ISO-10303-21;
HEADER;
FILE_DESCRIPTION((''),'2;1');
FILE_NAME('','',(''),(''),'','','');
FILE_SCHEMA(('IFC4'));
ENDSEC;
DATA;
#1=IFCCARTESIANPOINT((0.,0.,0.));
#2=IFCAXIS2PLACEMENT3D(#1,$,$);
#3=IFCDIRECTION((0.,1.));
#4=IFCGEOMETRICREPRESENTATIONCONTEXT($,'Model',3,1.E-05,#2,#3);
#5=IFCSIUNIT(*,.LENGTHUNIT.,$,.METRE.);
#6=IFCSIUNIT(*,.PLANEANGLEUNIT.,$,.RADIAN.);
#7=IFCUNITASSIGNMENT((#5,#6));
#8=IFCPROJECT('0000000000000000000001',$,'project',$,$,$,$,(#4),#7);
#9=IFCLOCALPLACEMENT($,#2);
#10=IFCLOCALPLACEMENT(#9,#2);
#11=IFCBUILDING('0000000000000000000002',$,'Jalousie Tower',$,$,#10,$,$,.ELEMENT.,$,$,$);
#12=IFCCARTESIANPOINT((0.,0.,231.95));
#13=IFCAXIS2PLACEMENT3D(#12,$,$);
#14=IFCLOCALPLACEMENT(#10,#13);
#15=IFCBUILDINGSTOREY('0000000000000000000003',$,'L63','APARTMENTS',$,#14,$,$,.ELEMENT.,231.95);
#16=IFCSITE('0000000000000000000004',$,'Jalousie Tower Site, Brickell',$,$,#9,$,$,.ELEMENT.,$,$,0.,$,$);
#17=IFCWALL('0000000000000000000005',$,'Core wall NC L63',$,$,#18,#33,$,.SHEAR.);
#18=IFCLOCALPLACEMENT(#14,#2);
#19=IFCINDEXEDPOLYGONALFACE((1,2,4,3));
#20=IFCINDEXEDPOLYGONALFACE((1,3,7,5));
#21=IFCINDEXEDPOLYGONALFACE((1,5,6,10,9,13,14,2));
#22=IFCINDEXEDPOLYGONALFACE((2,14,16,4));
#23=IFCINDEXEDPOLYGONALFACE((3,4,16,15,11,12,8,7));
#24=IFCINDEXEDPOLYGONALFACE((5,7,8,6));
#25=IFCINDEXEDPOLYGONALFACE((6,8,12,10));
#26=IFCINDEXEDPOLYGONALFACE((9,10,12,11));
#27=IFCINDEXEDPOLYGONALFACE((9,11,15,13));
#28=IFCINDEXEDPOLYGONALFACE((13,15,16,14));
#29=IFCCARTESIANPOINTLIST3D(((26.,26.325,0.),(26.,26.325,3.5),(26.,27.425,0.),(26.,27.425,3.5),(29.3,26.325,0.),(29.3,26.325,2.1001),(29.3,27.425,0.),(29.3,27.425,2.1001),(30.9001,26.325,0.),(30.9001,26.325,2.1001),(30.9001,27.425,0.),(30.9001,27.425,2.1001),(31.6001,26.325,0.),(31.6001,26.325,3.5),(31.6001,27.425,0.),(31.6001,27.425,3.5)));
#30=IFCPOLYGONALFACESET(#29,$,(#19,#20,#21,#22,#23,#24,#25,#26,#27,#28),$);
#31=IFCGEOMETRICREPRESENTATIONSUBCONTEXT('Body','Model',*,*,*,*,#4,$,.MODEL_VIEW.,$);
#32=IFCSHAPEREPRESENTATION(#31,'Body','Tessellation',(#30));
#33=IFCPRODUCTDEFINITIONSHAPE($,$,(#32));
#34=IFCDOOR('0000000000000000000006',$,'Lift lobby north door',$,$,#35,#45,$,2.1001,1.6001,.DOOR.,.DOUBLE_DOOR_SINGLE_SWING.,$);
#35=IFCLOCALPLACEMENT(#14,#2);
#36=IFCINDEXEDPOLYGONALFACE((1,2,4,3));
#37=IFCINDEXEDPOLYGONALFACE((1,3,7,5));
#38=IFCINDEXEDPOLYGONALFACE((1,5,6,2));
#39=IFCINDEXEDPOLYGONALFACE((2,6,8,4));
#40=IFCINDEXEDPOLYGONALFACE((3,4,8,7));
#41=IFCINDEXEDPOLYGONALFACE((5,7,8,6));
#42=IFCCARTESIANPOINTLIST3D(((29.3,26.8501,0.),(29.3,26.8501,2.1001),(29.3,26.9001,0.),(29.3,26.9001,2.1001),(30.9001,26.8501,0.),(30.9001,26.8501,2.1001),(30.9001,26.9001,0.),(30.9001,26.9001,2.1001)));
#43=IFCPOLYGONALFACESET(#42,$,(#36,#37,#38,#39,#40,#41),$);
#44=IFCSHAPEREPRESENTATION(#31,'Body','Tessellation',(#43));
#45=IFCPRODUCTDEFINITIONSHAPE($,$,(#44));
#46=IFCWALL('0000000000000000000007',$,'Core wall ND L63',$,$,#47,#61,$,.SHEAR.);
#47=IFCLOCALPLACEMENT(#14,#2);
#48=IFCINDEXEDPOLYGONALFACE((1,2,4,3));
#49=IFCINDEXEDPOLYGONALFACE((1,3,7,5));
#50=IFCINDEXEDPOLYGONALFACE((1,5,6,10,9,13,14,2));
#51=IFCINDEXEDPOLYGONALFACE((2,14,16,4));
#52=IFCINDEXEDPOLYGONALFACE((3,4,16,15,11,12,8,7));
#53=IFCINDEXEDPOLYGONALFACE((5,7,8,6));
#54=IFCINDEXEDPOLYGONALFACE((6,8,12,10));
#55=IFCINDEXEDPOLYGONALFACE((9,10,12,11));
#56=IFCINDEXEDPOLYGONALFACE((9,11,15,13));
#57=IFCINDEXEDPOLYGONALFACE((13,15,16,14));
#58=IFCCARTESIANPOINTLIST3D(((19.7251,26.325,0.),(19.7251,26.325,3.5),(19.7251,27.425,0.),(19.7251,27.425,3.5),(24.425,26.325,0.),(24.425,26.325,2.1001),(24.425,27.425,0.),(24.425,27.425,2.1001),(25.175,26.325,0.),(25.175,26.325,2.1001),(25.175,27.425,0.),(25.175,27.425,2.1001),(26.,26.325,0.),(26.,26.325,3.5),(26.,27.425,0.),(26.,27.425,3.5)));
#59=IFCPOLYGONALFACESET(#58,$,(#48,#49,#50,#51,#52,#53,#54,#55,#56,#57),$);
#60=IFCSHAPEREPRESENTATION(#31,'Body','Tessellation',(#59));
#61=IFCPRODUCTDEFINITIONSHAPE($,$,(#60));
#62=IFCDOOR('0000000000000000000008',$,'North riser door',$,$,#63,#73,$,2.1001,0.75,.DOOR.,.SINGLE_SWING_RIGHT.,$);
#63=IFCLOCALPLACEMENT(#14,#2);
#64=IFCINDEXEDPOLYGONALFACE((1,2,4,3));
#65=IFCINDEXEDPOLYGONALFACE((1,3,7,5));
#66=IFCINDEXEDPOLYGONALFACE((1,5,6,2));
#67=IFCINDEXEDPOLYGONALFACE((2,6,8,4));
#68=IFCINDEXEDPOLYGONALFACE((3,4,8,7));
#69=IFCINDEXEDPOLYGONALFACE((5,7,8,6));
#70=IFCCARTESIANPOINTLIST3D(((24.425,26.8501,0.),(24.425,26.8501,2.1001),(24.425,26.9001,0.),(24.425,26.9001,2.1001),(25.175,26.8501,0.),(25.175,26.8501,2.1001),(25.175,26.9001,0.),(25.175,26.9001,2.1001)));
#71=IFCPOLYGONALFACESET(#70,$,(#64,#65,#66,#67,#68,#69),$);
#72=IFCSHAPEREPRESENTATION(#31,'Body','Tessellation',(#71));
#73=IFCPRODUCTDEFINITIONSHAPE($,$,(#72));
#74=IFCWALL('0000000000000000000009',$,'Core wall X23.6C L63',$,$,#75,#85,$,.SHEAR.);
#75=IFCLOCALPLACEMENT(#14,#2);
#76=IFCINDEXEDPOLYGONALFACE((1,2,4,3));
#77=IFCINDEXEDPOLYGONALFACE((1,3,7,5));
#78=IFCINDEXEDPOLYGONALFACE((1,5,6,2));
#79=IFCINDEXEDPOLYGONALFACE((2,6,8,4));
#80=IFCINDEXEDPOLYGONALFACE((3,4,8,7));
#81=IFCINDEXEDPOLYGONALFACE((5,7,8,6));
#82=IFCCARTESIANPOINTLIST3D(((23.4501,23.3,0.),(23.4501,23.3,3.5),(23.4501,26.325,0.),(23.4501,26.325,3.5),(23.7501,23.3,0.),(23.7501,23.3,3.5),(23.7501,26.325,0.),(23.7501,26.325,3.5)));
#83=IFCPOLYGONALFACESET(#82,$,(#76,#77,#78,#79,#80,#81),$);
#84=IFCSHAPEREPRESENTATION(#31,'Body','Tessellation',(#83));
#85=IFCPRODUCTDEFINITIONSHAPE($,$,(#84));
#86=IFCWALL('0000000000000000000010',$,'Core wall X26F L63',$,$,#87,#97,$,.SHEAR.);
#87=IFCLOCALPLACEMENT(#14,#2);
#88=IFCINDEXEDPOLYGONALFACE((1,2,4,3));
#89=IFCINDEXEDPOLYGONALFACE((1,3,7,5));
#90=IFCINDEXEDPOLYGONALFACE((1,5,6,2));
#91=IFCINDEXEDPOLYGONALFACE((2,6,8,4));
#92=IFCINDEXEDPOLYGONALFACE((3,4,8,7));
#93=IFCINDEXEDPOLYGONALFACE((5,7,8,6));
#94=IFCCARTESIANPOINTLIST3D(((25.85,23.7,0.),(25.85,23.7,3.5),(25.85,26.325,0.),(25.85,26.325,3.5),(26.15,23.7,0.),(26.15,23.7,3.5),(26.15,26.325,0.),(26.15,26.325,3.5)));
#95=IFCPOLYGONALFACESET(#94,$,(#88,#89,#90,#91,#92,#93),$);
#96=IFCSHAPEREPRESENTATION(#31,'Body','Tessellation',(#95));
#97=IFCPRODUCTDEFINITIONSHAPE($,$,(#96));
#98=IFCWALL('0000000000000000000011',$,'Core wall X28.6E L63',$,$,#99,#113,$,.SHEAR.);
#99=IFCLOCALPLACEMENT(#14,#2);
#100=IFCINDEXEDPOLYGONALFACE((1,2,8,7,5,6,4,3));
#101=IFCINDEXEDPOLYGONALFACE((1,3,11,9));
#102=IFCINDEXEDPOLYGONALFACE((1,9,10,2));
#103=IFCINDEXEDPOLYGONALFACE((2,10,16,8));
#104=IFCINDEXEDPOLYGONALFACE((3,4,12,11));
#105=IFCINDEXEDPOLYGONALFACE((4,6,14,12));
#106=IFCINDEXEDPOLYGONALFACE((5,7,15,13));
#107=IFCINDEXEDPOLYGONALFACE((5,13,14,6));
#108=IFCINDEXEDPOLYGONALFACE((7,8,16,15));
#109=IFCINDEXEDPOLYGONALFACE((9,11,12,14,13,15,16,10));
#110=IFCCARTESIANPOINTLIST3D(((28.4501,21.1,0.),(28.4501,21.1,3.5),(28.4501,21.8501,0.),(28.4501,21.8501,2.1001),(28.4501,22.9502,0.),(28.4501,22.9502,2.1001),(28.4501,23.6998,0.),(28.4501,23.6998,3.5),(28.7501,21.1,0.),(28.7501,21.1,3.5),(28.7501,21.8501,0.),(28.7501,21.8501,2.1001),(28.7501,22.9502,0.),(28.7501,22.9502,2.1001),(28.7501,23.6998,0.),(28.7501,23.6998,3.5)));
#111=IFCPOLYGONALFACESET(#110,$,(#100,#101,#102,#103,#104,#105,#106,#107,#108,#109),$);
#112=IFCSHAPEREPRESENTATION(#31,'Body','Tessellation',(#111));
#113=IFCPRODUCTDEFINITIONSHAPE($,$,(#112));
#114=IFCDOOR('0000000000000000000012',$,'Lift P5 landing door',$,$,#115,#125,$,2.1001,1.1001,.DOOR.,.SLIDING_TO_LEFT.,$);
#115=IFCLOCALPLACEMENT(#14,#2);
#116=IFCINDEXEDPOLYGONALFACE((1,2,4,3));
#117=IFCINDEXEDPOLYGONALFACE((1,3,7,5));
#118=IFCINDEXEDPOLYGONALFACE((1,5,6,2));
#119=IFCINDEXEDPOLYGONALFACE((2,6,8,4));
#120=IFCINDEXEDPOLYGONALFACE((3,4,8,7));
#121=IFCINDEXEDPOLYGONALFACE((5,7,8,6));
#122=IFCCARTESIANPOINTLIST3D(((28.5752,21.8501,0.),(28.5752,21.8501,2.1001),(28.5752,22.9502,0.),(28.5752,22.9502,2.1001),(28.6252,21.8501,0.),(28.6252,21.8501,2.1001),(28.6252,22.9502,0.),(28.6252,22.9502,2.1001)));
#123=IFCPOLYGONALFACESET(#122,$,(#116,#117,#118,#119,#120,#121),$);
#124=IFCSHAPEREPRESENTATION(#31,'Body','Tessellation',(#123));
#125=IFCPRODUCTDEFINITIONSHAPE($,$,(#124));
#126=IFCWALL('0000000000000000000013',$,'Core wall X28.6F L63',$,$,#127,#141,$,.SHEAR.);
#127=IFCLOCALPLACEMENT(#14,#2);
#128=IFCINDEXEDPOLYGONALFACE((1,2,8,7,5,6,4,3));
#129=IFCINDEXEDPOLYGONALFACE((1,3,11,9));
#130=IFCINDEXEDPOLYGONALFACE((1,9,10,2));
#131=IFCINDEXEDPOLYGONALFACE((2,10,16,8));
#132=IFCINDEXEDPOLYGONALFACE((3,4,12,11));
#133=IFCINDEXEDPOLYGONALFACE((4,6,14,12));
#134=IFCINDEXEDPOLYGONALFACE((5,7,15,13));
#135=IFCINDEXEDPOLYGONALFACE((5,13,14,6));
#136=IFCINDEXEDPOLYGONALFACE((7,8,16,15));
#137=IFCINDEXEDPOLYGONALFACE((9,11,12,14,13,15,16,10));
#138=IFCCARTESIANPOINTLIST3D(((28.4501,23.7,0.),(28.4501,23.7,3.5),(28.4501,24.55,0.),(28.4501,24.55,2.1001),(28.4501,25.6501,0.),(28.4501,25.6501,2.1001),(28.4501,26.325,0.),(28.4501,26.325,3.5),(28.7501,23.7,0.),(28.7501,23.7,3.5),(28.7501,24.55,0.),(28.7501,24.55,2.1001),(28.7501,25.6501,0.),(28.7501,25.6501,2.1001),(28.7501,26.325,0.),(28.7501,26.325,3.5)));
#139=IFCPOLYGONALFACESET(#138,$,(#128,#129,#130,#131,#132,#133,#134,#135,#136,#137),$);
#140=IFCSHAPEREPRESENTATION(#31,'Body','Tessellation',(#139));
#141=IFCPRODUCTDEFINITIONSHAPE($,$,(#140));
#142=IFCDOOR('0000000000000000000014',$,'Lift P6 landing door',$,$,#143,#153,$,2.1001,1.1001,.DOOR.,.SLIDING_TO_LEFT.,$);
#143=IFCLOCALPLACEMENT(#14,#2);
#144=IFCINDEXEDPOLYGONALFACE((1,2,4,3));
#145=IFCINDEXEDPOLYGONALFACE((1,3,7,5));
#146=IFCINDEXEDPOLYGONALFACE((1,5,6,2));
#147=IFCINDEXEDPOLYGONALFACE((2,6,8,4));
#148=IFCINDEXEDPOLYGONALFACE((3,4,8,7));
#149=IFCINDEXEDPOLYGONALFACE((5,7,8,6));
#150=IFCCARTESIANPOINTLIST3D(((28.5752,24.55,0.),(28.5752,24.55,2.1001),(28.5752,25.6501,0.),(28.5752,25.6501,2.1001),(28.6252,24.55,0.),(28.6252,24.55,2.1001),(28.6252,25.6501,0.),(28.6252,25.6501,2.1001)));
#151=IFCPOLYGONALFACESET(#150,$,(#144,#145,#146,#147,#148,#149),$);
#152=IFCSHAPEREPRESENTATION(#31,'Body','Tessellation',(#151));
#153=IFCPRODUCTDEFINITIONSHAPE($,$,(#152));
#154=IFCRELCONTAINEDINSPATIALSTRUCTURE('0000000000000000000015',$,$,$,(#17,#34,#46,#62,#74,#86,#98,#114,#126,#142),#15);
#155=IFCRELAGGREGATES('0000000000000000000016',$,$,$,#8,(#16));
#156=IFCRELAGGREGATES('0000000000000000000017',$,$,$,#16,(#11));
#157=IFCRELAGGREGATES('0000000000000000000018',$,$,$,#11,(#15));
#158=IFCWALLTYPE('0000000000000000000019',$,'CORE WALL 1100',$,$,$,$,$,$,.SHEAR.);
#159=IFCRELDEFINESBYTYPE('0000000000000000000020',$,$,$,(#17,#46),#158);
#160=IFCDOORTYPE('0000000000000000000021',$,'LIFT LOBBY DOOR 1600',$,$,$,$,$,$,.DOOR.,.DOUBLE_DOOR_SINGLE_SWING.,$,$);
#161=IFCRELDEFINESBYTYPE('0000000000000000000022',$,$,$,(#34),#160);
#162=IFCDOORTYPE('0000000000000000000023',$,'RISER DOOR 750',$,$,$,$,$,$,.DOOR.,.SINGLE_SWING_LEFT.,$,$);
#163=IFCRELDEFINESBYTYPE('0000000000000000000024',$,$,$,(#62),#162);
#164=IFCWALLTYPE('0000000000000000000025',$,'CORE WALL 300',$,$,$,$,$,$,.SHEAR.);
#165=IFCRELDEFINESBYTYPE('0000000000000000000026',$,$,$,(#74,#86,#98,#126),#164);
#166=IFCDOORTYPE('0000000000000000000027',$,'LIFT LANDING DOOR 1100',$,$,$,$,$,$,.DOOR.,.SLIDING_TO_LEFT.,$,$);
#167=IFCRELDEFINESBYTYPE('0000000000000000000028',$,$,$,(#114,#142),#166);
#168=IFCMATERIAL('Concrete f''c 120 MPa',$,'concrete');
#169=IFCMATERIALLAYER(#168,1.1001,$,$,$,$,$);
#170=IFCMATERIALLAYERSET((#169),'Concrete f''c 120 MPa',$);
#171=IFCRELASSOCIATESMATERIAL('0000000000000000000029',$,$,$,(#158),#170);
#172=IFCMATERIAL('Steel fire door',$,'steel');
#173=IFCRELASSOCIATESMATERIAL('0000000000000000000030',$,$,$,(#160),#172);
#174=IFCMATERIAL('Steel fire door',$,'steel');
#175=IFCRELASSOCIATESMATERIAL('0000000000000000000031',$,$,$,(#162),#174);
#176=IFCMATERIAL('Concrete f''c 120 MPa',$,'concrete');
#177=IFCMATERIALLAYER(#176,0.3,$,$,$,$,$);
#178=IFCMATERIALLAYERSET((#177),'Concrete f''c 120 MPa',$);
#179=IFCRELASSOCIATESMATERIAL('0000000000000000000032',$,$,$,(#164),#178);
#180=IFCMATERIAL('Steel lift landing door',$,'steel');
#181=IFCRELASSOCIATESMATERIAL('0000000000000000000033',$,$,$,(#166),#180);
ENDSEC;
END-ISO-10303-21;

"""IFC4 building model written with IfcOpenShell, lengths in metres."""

from ifc_helpers import new_model, si_unit, direction, frame, frame_2d, origin, place, context, subcontext, project, spatial, rectangle, extrude, material, layer, layer_set, type_object, element, fill, save


model = new_model("IFC4")

# Units and contexts
model_context = context("Model", 3, precision=1e-05, world=origin(), true_north=direction((0.0, 1.0)))
body_context = subcontext(model_context, "Body", "Model", "MODEL_VIEW")
ifc_project = project(units=[si_unit("LENGTHUNIT", "METRE"), si_unit("PLANEANGLEUNIT", "RADIAN")], contexts=[model_context])

# Site, building, storey
site_placement = place(None, origin())
site = spatial("IfcSite", under=ifc_project, at=site_placement, Name="Jalousie Tower Site, Brickell", CompositionType="ELEMENT", RefElevation=0.0)
building_placement = place(site_placement, origin())
building = spatial("IfcBuilding", under=site, at=building_placement, Name="Jalousie Tower", CompositionType="ELEMENT")
storey_placement = place(building_placement, frame((0.0, 0.0, 231.95)))
storey = spatial("IfcBuildingStorey", under=building, at=storey_placement, Name="L63", Description="APARTMENTS", CompositionType="ELEMENT", Elevation=231.95)

# Walls, openings, doors
ifc_material_1 = material(Name="Concrete f'c 120 MPa", Category="concrete")
ifc_layer_1 = layer(ifc_material_1, 1.1001)
ifc_layer_set_1 = layer_set([ifc_layer_1], Name="Concrete f'c 120 MPa")
wall_type_1 = type_object("IfcWallType", Name="CORE WALL 1100", PredefinedType="SHEAR", material=ifc_layer_set_1)
wall_1_placement = place(storey_placement, frame((31.6001, 26.875, 0.0), z_axis=(0.0, 0.0, 1.0), x_axis=(-1.0, 0.0, 0.0)))
wall_1 = element("IfcWall", 1, at=wall_1_placement, inside=storey, type_object=wall_type_1, Name="Core wall NC L63", PredefinedType="SHEAR", context=body_context, shape_type="SweptSolid", body=[
    extrude(rectangle(XDim=5.6001, YDim=1.1001, at=frame_2d((2.8, 0.0))), origin(), (0.0, 0.0, 1.0), 3.5),
])
opening_1_placement = place(wall_1_placement, frame((0.7, 0.0, 0.0)))
opening_1 = element("IfcOpeningElement", 2, at=opening_1_placement, cuts=wall_1, PredefinedType="OPENING", context=body_context, shape_type="SweptSolid", body=[
    extrude(rectangle(XDim=1.6001, YDim=2.1001, at=frame_2d((0.8, 1.05))), frame((0.0, 0.5601, 0.0), z_axis=(0.0, -1.0, 0.0), x_axis=(1.0, 0.0, 0.0)), (0.0, 0.0, 1.0), 1.1201),
])
ifc_material_2 = material(Name="Steel fire door", Category="steel")
door_type_1 = type_object("IfcDoorType", Name="LIFT LOBBY DOOR 1600", OperationType="DOUBLE_DOOR_SINGLE_SWING", PredefinedType="DOOR", material=ifc_material_2)
door_1_placement = place(opening_1_placement, origin())
door_1 = element("IfcDoor", 3, at=door_1_placement, inside=storey, type_object=door_type_1, Name="Lift lobby north door", OperationType="DOUBLE_DOOR_SINGLE_SWING", OverallHeight=2.1001, OverallWidth=1.6001, PredefinedType="DOOR", context=body_context, shape_type="SweptSolid", body=[
    extrude(rectangle(XDim=1.6001, YDim=2.1001, at=frame_2d((0.8, 1.05))), frame((0.0, 0.0249, 0.0), z_axis=(0.0, -1.0, 0.0), x_axis=(1.0, 0.0, 0.0)), (0.0, 0.0, 1.0), 0.05),
])
fill(opening_1, door_1)
wall_2_placement = place(storey_placement, frame((26.0, 26.875, 0.0), z_axis=(0.0, 0.0, 1.0), x_axis=(-1.0, 0.0, 0.0)))
wall_2 = element("IfcWall", 4, at=wall_2_placement, inside=storey, type_object=wall_type_1, Name="Core wall ND L63", PredefinedType="SHEAR", context=body_context, shape_type="SweptSolid", body=[
    extrude(rectangle(XDim=6.2749, YDim=1.1001, at=frame_2d((3.1375, 0.0))), origin(), (0.0, 0.0, 1.0), 3.5),
])
opening_2_placement = place(wall_2_placement, frame((0.825, 0.0, 0.0)))
opening_2 = element("IfcOpeningElement", 5, at=opening_2_placement, cuts=wall_2, PredefinedType="OPENING", context=body_context, shape_type="SweptSolid", body=[
    extrude(rectangle(XDim=0.75, YDim=2.1001, at=frame_2d((0.375, 1.05))), frame((0.0, 0.5601, 0.0), z_axis=(0.0, -1.0, 0.0), x_axis=(1.0, 0.0, 0.0)), (0.0, 0.0, 1.0), 1.1201),
])
ifc_material_3 = material(Name="Steel fire door", Category="steel")
door_type_2 = type_object("IfcDoorType", Name="RISER DOOR 750", OperationType="SINGLE_SWING_LEFT", PredefinedType="DOOR", material=ifc_material_3)
door_2_placement = place(opening_2_placement, origin())
door_2 = element("IfcDoor", 6, at=door_2_placement, inside=storey, type_object=door_type_2, Name="North riser door", OperationType="SINGLE_SWING_RIGHT", OverallHeight=2.1001, OverallWidth=0.75, PredefinedType="DOOR", context=body_context, shape_type="SweptSolid", body=[
    extrude(rectangle(XDim=0.75, YDim=2.1001, at=frame_2d((0.375, 1.05))), frame((0.0, 0.0249, 0.0), z_axis=(0.0, -1.0, 0.0), x_axis=(1.0, 0.0, 0.0)), (0.0, 0.0, 1.0), 0.05),
])
fill(opening_2, door_2)

# Walls
ifc_material_4 = material(Name="Concrete f'c 120 MPa", Category="concrete")
ifc_layer_2 = layer(ifc_material_4, 0.3)
ifc_layer_set_2 = layer_set([ifc_layer_2], Name="Concrete f'c 120 MPa")
wall_type_2 = type_object("IfcWallType", Name="CORE WALL 300", PredefinedType="SHEAR", material=ifc_layer_set_2)
wall_3_placement = place(storey_placement, frame((23.6001, 23.3, 0.0), z_axis=(0.0, 0.0, 1.0), x_axis=(0.0, 1.0, 0.0)))
element("IfcWall", 7, at=wall_3_placement, inside=storey, type_object=wall_type_2, Name="Core wall X23.6C L63", PredefinedType="SHEAR", context=body_context, shape_type="SweptSolid", body=[
    extrude(rectangle(XDim=3.0249, YDim=0.3, at=frame_2d((1.5125, 0.0))), origin(), (0.0, 0.0, 1.0), 3.5),
])
wall_4_placement = place(storey_placement, frame((26.0, 23.7, 0.0), z_axis=(0.0, 0.0, 1.0), x_axis=(0.0, 1.0, 0.0)))
element("IfcWall", 8, at=wall_4_placement, inside=storey, type_object=wall_type_2, Name="Core wall X26F L63", PredefinedType="SHEAR", context=body_context, shape_type="SweptSolid", body=[
    extrude(rectangle(XDim=2.625, YDim=0.3, at=frame_2d((1.3125, 0.0))), origin(), (0.0, 0.0, 1.0), 3.5),
])

# Walls, openings, doors
wall_5_placement = place(storey_placement, frame((28.6001, 21.1001, 0.0), z_axis=(0.0, 0.0, 1.0), x_axis=(0.0, 1.0, 0.0)))
wall_5 = element("IfcWall", 9, at=wall_5_placement, inside=storey, type_object=wall_type_2, Name="Core wall X28.6E L63", PredefinedType="SHEAR", context=body_context, shape_type="SweptSolid", body=[
    extrude(rectangle(XDim=2.5999, YDim=0.3, at=frame_2d((1.2998, 0.0))), origin(), (0.0, 0.0, 1.0), 3.5),
])
opening_3_placement = place(wall_5_placement, frame((0.75, 0.0, 0.0)))
opening_3 = element("IfcOpeningElement", 10, at=opening_3_placement, cuts=wall_5, PredefinedType="OPENING", context=body_context, shape_type="SweptSolid", body=[
    extrude(rectangle(XDim=1.1001, YDim=2.1001, at=frame_2d((0.55, 1.05))), frame((0.0, 0.1599, 0.0), z_axis=(0.0, -1.0, 0.0), x_axis=(1.0, 0.0, 0.0)), (0.0, 0.0, 1.0), 0.3201),
])
ifc_material_5 = material(Name="Steel lift landing door", Category="steel")
door_type_3 = type_object("IfcDoorType", Name="LIFT LANDING DOOR 1100", OperationType="SLIDING_TO_LEFT", PredefinedType="DOOR", material=ifc_material_5)
door_3_placement = place(opening_3_placement, origin())
door_3 = element("IfcDoor", 11, at=door_3_placement, inside=storey, type_object=door_type_3, Name="Lift P5 landing door", OperationType="SLIDING_TO_LEFT", OverallHeight=2.1001, OverallWidth=1.1001, PredefinedType="DOOR", context=body_context, shape_type="SweptSolid", body=[
    extrude(rectangle(XDim=1.1001, YDim=2.1001, at=frame_2d((0.55, 1.05))), frame((0.0, 0.0249, 0.0), z_axis=(0.0, -1.0, 0.0), x_axis=(1.0, 0.0, 0.0)), (0.0, 0.0, 1.0), 0.05),
])
fill(opening_3, door_3)
wall_6_placement = place(storey_placement, frame((28.6001, 23.7, 0.0), z_axis=(0.0, 0.0, 1.0), x_axis=(0.0, 1.0, 0.0)))
wall_6 = element("IfcWall", 12, at=wall_6_placement, inside=storey, type_object=wall_type_2, Name="Core wall X28.6F L63", PredefinedType="SHEAR", context=body_context, shape_type="SweptSolid", body=[
    extrude(rectangle(XDim=2.625, YDim=0.3, at=frame_2d((1.3125, 0.0))), origin(), (0.0, 0.0, 1.0), 3.5),
])
opening_4_placement = place(wall_6_placement, frame((0.8501, 0.0, 0.0)))
opening_4 = element("IfcOpeningElement", 13, at=opening_4_placement, cuts=wall_6, PredefinedType="OPENING", context=body_context, shape_type="SweptSolid", body=[
    extrude(rectangle(XDim=1.1001, YDim=2.1001, at=frame_2d((0.55, 1.05))), frame((0.0, 0.1599, 0.0), z_axis=(0.0, -1.0, 0.0), x_axis=(1.0, 0.0, 0.0)), (0.0, 0.0, 1.0), 0.3201),
])
door_4_placement = place(opening_4_placement, origin())
door_4 = element("IfcDoor", 14, at=door_4_placement, inside=storey, type_object=door_type_3, Name="Lift P6 landing door", OperationType="SLIDING_TO_LEFT", OverallHeight=2.1001, OverallWidth=1.1001, PredefinedType="DOOR", context=body_context, shape_type="SweptSolid", body=[
    extrude(rectangle(XDim=1.1001, YDim=2.1001, at=frame_2d((0.55, 1.05))), frame((0.0, 0.0249, 0.0), z_axis=(0.0, -1.0, 0.0), x_axis=(1.0, 0.0, 0.0)), (0.0, 0.0, 1.0), 0.05),
])
fill(opening_4, door_4)

save(model, "model.ifc")
